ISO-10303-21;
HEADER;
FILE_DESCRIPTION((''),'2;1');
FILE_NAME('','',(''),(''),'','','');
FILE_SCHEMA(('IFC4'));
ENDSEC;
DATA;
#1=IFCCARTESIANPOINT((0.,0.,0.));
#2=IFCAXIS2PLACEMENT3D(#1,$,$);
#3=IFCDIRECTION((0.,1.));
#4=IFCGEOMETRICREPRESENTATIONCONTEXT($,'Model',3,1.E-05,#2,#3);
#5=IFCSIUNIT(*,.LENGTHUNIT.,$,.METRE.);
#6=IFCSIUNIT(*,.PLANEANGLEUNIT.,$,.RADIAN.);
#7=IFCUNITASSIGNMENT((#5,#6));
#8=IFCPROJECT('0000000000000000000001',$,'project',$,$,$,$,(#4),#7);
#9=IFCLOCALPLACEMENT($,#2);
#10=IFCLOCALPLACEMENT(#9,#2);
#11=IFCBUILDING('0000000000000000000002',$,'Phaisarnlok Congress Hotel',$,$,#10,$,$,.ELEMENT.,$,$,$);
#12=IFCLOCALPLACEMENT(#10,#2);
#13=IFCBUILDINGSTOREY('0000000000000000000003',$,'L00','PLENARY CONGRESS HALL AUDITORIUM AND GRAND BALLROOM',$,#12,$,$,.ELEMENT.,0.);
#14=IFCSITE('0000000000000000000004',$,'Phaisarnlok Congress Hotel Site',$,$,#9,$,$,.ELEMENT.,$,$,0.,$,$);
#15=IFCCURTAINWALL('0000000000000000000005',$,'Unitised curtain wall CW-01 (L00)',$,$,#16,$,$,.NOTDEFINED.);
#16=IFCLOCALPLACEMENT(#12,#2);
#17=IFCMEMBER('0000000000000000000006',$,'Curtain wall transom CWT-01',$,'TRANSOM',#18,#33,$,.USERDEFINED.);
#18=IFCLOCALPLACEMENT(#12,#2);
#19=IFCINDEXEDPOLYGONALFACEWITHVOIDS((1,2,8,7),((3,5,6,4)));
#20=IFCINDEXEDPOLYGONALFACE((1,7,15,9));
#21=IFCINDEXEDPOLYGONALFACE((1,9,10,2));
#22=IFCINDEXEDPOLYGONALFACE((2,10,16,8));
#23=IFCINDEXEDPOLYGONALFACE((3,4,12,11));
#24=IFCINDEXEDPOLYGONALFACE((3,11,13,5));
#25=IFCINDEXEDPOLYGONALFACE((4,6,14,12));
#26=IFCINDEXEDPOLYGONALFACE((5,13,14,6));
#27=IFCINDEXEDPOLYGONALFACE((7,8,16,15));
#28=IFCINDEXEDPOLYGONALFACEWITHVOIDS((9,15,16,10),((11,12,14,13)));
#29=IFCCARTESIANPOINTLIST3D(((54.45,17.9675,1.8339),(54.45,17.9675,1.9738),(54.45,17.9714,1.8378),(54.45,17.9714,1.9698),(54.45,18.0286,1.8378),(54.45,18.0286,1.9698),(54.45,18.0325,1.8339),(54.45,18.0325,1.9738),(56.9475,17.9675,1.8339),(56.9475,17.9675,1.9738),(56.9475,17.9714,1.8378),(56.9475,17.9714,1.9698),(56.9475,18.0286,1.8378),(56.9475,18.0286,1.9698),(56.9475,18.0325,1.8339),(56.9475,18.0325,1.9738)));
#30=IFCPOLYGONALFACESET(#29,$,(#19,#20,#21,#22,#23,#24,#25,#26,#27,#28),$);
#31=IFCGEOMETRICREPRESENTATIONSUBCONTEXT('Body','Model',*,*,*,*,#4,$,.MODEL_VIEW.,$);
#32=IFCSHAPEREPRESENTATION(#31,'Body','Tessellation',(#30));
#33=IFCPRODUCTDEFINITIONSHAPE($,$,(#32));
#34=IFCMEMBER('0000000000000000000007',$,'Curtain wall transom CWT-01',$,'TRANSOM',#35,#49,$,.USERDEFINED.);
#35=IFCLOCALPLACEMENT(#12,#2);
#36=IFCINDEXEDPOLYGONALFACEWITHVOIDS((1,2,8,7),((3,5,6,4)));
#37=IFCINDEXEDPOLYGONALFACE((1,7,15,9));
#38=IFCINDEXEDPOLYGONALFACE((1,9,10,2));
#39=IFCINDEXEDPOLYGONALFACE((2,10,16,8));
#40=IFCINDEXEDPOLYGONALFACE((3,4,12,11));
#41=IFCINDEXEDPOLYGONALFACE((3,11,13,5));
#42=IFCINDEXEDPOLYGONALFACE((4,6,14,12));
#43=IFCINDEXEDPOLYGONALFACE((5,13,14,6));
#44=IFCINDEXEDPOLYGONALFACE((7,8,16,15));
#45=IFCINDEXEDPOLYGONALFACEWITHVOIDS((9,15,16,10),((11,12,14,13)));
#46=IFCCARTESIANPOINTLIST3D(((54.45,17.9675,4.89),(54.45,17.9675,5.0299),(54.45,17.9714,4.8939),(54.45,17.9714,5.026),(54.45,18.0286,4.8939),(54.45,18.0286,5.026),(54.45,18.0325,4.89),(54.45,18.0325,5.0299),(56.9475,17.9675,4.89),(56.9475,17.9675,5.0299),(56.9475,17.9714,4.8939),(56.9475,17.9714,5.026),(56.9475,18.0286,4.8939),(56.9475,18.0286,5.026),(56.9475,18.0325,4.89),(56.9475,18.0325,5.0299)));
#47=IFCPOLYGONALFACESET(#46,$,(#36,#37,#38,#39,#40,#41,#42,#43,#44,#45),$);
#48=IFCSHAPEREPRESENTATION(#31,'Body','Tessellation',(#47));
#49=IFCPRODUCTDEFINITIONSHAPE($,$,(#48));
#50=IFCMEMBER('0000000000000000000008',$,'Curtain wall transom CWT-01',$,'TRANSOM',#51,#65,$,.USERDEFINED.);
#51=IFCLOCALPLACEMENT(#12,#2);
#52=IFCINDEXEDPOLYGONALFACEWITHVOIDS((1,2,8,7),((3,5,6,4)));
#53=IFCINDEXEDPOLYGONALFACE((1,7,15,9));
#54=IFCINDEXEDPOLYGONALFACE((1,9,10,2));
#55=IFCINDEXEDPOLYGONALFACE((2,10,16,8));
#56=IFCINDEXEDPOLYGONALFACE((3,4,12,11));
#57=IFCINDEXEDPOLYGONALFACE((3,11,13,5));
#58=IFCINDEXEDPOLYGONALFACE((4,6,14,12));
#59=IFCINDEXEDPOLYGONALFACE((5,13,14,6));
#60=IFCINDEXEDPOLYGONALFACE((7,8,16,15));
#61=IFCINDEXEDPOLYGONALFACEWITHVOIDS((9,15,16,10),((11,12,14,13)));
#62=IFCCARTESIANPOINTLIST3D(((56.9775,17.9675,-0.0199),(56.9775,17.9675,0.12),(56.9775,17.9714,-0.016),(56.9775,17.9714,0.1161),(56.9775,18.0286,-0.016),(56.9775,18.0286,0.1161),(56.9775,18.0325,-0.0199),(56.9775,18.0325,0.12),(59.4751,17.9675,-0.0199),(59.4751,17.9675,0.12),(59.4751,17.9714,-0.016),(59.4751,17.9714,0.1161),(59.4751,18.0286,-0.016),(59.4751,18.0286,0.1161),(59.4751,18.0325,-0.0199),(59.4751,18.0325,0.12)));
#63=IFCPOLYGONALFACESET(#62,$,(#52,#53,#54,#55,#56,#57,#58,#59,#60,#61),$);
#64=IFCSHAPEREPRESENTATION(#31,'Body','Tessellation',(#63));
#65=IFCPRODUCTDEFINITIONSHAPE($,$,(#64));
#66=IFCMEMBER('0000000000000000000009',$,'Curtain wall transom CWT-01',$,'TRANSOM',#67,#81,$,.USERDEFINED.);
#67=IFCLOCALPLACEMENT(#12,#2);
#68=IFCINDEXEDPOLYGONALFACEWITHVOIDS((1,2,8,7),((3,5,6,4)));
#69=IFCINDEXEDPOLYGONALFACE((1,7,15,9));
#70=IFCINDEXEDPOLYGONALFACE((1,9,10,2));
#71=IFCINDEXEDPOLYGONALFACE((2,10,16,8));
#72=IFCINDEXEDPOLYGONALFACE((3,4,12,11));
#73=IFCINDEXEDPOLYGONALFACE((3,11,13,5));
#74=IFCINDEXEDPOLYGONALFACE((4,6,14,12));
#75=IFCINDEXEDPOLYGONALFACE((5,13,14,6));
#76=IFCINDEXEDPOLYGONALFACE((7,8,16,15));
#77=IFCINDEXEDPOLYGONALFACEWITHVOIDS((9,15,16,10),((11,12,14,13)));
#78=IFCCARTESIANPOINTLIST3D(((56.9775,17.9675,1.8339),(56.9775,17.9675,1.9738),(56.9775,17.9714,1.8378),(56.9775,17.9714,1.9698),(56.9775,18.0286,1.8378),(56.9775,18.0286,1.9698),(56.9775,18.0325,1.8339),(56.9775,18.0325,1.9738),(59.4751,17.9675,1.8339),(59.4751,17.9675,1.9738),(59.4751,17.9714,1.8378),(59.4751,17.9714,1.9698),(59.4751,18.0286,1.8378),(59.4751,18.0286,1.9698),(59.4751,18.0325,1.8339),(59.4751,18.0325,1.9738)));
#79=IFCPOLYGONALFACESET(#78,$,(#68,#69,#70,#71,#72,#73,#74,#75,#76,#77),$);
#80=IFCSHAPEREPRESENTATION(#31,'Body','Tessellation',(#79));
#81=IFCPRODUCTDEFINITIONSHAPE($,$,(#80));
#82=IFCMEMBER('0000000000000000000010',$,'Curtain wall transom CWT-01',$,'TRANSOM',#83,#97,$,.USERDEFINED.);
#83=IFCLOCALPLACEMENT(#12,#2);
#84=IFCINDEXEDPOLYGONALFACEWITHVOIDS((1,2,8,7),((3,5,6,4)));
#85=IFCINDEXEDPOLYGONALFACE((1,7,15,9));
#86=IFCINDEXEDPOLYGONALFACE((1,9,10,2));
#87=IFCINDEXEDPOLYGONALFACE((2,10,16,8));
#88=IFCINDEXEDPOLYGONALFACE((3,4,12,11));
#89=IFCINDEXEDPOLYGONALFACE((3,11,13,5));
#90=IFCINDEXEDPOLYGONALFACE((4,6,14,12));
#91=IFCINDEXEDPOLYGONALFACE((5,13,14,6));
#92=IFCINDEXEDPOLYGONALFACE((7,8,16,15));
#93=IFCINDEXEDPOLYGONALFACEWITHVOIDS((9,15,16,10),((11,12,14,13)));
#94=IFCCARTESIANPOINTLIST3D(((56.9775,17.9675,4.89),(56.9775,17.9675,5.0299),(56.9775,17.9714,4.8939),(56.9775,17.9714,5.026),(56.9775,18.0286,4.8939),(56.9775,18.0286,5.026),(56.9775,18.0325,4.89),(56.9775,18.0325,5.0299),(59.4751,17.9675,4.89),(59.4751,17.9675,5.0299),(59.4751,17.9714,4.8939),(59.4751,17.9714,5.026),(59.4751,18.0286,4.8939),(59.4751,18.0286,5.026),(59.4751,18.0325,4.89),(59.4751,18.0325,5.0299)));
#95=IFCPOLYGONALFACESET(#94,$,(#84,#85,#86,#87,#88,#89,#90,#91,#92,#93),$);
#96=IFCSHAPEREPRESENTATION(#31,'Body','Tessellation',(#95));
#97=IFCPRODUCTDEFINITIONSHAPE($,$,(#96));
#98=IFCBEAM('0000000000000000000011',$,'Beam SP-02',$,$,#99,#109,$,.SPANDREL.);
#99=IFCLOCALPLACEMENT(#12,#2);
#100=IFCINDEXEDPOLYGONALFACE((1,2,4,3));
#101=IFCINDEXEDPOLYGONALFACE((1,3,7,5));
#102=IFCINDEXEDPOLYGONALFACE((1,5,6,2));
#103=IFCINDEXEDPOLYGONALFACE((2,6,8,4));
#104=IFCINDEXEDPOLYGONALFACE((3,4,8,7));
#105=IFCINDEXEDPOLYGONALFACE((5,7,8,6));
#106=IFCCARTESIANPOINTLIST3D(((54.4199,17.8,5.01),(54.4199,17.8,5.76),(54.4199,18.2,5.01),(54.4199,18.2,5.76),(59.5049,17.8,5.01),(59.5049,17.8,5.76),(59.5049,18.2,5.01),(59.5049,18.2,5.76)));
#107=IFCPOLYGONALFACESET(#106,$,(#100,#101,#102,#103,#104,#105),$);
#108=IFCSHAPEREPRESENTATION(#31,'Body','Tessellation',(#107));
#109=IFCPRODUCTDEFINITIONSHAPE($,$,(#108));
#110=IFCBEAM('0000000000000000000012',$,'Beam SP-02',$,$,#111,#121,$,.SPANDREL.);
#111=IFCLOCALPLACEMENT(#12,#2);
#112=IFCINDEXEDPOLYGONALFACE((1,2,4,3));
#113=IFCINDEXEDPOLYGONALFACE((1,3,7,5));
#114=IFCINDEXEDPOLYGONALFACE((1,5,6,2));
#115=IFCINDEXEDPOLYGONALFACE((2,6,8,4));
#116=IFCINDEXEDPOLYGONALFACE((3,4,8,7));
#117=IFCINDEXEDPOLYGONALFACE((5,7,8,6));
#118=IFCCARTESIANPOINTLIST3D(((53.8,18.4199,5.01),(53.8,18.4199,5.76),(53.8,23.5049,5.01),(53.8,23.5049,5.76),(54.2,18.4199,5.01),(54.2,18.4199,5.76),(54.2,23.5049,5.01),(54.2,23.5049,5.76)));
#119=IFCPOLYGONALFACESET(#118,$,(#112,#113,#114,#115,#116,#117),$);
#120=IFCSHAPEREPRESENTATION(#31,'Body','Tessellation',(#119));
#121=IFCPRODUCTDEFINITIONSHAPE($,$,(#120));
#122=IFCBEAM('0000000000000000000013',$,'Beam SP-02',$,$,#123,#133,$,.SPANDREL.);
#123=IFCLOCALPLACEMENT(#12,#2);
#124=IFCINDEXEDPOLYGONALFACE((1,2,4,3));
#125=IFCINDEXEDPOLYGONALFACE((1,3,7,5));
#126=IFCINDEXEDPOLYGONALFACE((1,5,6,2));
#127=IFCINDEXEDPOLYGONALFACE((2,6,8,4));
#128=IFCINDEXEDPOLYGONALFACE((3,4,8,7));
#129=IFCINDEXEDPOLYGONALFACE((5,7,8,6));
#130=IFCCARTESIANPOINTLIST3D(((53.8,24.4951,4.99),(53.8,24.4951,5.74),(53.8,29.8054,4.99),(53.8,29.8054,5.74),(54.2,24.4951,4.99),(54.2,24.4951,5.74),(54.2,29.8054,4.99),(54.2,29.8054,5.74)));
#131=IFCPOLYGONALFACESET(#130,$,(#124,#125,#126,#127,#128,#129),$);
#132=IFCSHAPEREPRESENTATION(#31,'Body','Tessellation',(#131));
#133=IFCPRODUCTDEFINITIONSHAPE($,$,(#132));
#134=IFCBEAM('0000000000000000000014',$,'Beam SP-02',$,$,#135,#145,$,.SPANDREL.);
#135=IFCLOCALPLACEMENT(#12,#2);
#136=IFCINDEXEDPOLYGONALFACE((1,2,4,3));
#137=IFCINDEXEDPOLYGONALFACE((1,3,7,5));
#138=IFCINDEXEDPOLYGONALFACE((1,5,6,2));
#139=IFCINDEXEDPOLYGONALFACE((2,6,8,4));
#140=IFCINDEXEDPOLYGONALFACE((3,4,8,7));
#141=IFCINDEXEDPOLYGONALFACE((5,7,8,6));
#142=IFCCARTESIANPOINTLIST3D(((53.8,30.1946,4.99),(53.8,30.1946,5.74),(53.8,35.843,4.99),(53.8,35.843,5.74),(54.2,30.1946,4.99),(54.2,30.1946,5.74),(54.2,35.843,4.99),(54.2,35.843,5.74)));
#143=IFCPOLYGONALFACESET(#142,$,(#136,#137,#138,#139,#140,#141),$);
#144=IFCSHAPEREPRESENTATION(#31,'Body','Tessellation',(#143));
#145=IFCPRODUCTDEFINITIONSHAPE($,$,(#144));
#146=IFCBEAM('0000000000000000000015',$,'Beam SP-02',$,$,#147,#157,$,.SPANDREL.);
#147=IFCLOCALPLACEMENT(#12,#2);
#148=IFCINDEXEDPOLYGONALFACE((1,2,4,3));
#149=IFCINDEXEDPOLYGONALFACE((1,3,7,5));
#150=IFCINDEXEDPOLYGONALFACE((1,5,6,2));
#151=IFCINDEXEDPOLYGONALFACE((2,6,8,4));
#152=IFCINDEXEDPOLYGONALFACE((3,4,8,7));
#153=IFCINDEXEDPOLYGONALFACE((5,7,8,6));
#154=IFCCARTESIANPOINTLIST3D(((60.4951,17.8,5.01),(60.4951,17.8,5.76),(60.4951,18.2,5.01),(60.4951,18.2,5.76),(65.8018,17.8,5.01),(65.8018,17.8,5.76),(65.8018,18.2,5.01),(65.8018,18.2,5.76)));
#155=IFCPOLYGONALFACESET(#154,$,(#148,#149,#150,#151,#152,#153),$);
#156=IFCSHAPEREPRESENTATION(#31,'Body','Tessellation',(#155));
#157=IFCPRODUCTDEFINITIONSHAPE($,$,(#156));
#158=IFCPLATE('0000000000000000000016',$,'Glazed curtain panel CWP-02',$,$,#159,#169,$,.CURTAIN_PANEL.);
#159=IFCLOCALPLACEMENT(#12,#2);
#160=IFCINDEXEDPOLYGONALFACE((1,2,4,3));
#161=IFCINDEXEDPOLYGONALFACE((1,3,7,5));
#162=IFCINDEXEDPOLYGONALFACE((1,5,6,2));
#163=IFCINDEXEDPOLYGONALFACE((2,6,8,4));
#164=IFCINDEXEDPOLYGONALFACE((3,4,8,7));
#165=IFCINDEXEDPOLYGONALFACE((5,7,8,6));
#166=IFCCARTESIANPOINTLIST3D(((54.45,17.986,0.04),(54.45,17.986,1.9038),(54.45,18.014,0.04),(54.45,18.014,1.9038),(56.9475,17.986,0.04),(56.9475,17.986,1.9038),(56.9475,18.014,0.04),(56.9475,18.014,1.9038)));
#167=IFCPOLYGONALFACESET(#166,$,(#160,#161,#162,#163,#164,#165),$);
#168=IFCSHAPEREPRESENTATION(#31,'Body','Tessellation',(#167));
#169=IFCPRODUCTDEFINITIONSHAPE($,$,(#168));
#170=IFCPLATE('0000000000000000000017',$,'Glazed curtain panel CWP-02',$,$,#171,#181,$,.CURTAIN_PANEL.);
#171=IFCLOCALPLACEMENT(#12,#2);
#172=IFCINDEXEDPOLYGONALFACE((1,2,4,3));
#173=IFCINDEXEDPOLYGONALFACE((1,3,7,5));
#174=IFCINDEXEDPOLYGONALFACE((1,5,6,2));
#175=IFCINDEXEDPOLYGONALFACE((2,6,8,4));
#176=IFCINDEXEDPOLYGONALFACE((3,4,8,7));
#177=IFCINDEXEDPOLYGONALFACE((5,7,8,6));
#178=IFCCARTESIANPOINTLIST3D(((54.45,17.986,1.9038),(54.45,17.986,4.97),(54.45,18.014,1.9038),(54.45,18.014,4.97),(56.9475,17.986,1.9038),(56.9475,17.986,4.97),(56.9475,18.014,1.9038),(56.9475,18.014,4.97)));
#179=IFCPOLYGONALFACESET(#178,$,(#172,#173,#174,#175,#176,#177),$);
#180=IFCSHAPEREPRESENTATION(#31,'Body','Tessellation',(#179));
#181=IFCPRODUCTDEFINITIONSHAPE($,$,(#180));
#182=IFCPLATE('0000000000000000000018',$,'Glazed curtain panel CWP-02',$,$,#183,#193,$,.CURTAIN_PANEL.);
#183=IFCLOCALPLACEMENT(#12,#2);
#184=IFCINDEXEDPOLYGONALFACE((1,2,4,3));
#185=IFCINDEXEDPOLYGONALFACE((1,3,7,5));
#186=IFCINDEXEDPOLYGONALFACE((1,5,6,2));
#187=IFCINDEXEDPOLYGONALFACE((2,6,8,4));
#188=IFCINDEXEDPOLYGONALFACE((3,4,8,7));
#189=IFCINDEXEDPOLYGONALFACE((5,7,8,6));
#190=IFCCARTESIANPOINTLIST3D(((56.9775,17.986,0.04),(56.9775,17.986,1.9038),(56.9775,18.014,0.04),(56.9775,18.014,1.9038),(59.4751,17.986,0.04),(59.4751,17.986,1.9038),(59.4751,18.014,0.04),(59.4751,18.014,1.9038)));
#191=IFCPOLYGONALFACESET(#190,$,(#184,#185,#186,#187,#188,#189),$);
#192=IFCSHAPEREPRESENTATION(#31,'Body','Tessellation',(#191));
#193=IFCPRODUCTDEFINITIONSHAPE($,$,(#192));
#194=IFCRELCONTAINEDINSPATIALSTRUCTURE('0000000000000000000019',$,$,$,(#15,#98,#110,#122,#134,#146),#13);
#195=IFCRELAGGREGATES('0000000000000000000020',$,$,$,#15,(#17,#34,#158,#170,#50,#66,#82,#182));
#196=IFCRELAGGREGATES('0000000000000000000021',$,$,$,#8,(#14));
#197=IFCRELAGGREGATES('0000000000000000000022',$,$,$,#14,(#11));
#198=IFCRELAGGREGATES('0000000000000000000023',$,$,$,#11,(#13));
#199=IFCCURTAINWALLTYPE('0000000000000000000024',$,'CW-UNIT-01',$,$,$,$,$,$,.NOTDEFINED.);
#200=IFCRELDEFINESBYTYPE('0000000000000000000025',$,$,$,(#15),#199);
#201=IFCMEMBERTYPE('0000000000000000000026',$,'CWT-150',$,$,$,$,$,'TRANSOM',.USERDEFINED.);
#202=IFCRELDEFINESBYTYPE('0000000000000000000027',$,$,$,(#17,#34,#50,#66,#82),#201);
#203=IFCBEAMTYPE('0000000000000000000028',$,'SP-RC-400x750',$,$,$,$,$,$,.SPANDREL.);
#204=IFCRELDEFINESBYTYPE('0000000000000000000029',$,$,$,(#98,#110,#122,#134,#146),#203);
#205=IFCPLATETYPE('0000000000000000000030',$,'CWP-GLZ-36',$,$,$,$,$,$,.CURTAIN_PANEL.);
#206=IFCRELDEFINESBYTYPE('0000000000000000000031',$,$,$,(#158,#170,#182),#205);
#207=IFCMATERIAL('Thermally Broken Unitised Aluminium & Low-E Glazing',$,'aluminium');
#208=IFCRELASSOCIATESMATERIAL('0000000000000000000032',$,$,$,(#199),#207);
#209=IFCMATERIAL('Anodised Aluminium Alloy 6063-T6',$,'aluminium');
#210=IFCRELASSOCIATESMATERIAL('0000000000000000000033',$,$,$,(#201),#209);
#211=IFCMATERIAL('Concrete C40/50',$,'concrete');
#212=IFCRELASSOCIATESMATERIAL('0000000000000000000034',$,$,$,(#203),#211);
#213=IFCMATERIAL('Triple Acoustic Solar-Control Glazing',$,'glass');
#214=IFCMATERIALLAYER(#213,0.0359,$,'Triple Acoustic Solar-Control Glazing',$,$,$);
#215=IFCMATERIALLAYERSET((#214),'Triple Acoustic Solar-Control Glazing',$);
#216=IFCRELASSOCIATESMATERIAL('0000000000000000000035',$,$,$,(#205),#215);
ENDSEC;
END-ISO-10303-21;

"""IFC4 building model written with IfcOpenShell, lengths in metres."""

from ifc_helpers import new_model, si_unit, direction, frame, frame_2d, origin, origin_2d, place, context, subcontext, project, spatial, rectangle, hollow_rectangle, extrude, material, layer, layer_set, material_profile, profile_set, type_object, element, aggregate, save


model = new_model("IFC4")

# Units and contexts
model_context = context("Model", 3, precision=1e-05, world=origin(), true_north=direction((0.0, 1.0)))
body_context = subcontext(model_context, "Body", "Model", "MODEL_VIEW")
ifc_project = project(units=[si_unit("LENGTHUNIT", "METRE"), si_unit("PLANEANGLEUNIT", "RADIAN")], contexts=[model_context])

# Site, building, storey
site_placement = place(None, origin())
site = spatial("IfcSite", under=ifc_project, at=site_placement, Name="Phaisarnlok Congress Hotel Site", CompositionType="ELEMENT", RefElevation=0.0)
building_placement = place(site_placement, origin())
building = spatial("IfcBuilding", under=site, at=building_placement, Name="Phaisarnlok Congress Hotel", CompositionType="ELEMENT")
storey_placement = place(building_placement, origin())
storey = spatial("IfcBuildingStorey", under=building, at=storey_placement, Name="L00", Description="PLENARY CONGRESS HALL AUDITORIUM AND GRAND BALLROOM", CompositionType="ELEMENT", Elevation=0.0)

# Curtain wall, members
ifc_material_1 = material(Name="Thermally Broken Unitised Aluminium & Low-E Glazing", Category="aluminium")
curtain_wall_type = type_object("IfcCurtainWallType", Name="CW-UNIT-01", PredefinedType="NOTDEFINED", material=ifc_material_1)
curtain_wall_placement = place(storey_placement, origin())
curtain_wall = element("IfcCurtainWall", 1, at=curtain_wall_placement, inside=storey, type_object=curtain_wall_type, Name="Unitised curtain wall CW-01 (L00)", PredefinedType="NOTDEFINED")
ifc_material_2 = material(Name="Anodised Aluminium Alloy 6063-T6", Category="aluminium")
ifc_material_profile_1 = material_profile(ifc_material_2, hollow_rectangle(XDim=0.0649, YDim=0.1399, WallThickness=0.0039, at=origin_2d()), Name="ALU-T 65x140x4")
ifc_profile_set_1 = profile_set([ifc_material_profile_1], Name="Anodised Aluminium Alloy 6063-T6")
member_type_1 = type_object("IfcMemberType", Name="CWT-150", ElementType="TRANSOM", PredefinedType="USERDEFINED", material=ifc_profile_set_1)
member_1_placement = place(storey_placement, frame((54.45, 18.0, 1.9038), z_axis=(1.0, 0.0, 0.0), x_axis=(0.0, 1.0, 0.0)))
member_1 = element("IfcMember", 2, at=member_1_placement, type_object=member_type_1, Name="Curtain wall transom CWT-01", ObjectType="TRANSOM", PredefinedType="USERDEFINED", context=body_context, shape_type="SweptSolid", body=[
    extrude(hollow_rectangle(XDim=0.0649, YDim=0.1399, WallThickness=0.0039, at=origin_2d()), origin(), (0.0, 0.0, 1.0), 2.4976),
])
member_2_placement = place(storey_placement, frame((54.45, 18.0, 4.96), z_axis=(1.0, 0.0, 0.0), x_axis=(0.0, 1.0, 0.0)))
member_2 = element("IfcMember", 3, at=member_2_placement, type_object=member_type_1, Name="Curtain wall transom CWT-01", ObjectType="TRANSOM", PredefinedType="USERDEFINED", context=body_context, shape_type="SweptSolid", body=[
    extrude(hollow_rectangle(XDim=0.0649, YDim=0.1399, WallThickness=0.0039, at=origin_2d()), origin(), (0.0, 0.0, 1.0), 2.4976),
])
member_3_placement = place(storey_placement, frame((56.9775, 18.0, 0.05), z_axis=(1.0, 0.0, 0.0), x_axis=(0.0, 1.0, 0.0)))
member_3 = element("IfcMember", 4, at=member_3_placement, type_object=member_type_1, Name="Curtain wall transom CWT-01", ObjectType="TRANSOM", PredefinedType="USERDEFINED", context=body_context, shape_type="SweptSolid", body=[
    extrude(hollow_rectangle(XDim=0.0649, YDim=0.1399, WallThickness=0.0039, at=origin_2d()), origin(), (0.0, 0.0, 1.0), 2.4976),
])
member_4_placement = place(storey_placement, frame((56.9775, 18.0, 1.9038), z_axis=(1.0, 0.0, 0.0), x_axis=(0.0, 1.0, 0.0)))
member_4 = element("IfcMember", 5, at=member_4_placement, type_object=member_type_1, Name="Curtain wall transom CWT-01", ObjectType="TRANSOM", PredefinedType="USERDEFINED", context=body_context, shape_type="SweptSolid", body=[
    extrude(hollow_rectangle(XDim=0.0649, YDim=0.1399, WallThickness=0.0039, at=origin_2d()), origin(), (0.0, 0.0, 1.0), 2.4976),
])
member_5_placement = place(storey_placement, frame((56.9775, 18.0, 4.96), z_axis=(1.0, 0.0, 0.0), x_axis=(0.0, 1.0, 0.0)))
member_5 = element("IfcMember", 6, at=member_5_placement, type_object=member_type_1, Name="Curtain wall transom CWT-01", ObjectType="TRANSOM", PredefinedType="USERDEFINED", context=body_context, shape_type="SweptSolid", body=[
    extrude(hollow_rectangle(XDim=0.0649, YDim=0.1399, WallThickness=0.0039, at=origin_2d()), origin(), (0.0, 0.0, 1.0), 2.4976),
])

# Beams
ifc_material_3 = material(Name="Concrete C40/50", Category="concrete")
ifc_material_profile_2 = material_profile(ifc_material_3, rectangle(XDim=0.3999, YDim=0.75, at=origin_2d()), Name="RC 400x750")
ifc_profile_set_2 = profile_set([ifc_material_profile_2], Name="Concrete C40/50")
beam_type = type_object("IfcBeamType", Name="SP-RC-400x750", PredefinedType="SPANDREL", material=ifc_profile_set_2)
for number, where, z_axis, x_axis, name in (
    (7, (54.4199, 18.0, 5.385), (1.0, 0.0, 0.0), (0.0, 1.0, 0.0), "Beam SP-02"),
    (8, (54.0, 18.4199, 5.385), (0.0, 1.0, 0.0), (-1.0, 0.0, 0.0), "Beam SP-02"),
):
    element("IfcBeam", number, at=place(storey_placement, frame(where, z_axis=z_axis, x_axis=x_axis)), inside=storey, type_object=beam_type, Name=name, PredefinedType="SPANDREL", context=body_context, shape_type="SweptSolid", body=[
        extrude(rectangle(XDim=0.3999, YDim=0.75, at=origin_2d()), origin(), (0.0, 0.0, 1.0), 5.085),
    ])
beam_1_placement = place(storey_placement, frame((54.0, 24.4951, 5.365), z_axis=(0.0, 1.0, 0.0), x_axis=(-1.0, 0.0, 0.0)))
element("IfcBeam", 9, at=beam_1_placement, inside=storey, type_object=beam_type, Name="Beam SP-02", PredefinedType="SPANDREL", context=body_context, shape_type="SweptSolid", body=[
    extrude(rectangle(XDim=0.3999, YDim=0.75, at=origin_2d()), origin(), (0.0, 0.0, 1.0), 5.3103),
])
beam_2_placement = place(storey_placement, frame((54.0, 30.1946, 5.365), z_axis=(0.0, 1.0, 0.0), x_axis=(-1.0, 0.0, 0.0)))
element("IfcBeam", 10, at=beam_2_placement, inside=storey, type_object=beam_type, Name="Beam SP-02", PredefinedType="SPANDREL", context=body_context, shape_type="SweptSolid", body=[
    extrude(rectangle(XDim=0.3999, YDim=0.75, at=origin_2d()), origin(), (0.0, 0.0, 1.0), 5.6484),
])
beam_3_placement = place(storey_placement, frame((60.4951, 18.0, 5.385), z_axis=(1.0, 0.0, 0.0), x_axis=(0.0, 1.0, 0.0)))
element("IfcBeam", 11, at=beam_3_placement, inside=storey, type_object=beam_type, Name="Beam SP-02", PredefinedType="SPANDREL", context=body_context, shape_type="SweptSolid", body=[
    extrude(rectangle(XDim=0.3999, YDim=0.75, at=origin_2d()), origin(), (0.0, 0.0, 1.0), 5.3066),
])

# Plates
ifc_material_4 = material(Name="Triple Acoustic Solar-Control Glazing", Category="glass")
ifc_layer_1 = layer(ifc_material_4, 0.0359, Name="Triple Acoustic Solar-Control Glazing")
ifc_layer_set_1 = layer_set([ifc_layer_1], Name="Triple Acoustic Solar-Control Glazing")
plate_type_1 = type_object("IfcPlateType", Name="CWP-GLZ-36", PredefinedType="CURTAIN_PANEL", material=ifc_layer_set_1)
plate_1_placement = place(storey_placement, frame((54.45, 18.0, 0.04), z_axis=(0.0, 0.0, 1.0), x_axis=(1.0, 0.0, 0.0)))
plate_1 = element("IfcPlate", 12, at=plate_1_placement, type_object=plate_type_1, Name="Glazed curtain panel CWP-02", PredefinedType="CURTAIN_PANEL", context=body_context, shape_type="SweptSolid", body=[
    extrude(rectangle(XDim=2.4976, YDim=0.0281, at=frame_2d((1.2488, 0.0))), origin(), (0.0, 0.0, 1.0), 1.8638),
])
plate_2_placement = place(storey_placement, frame((54.45, 18.0, 1.9038), z_axis=(0.0, 0.0, 1.0), x_axis=(1.0, 0.0, 0.0)))
plate_2 = element("IfcPlate", 13, at=plate_2_placement, type_object=plate_type_1, Name="Glazed curtain panel CWP-02", PredefinedType="CURTAIN_PANEL", context=body_context, shape_type="SweptSolid", body=[
    extrude(rectangle(XDim=2.4976, YDim=0.0281, at=frame_2d((1.2488, 0.0))), origin(), (0.0, 0.0, 1.0), 3.0662),
])
plate_3_placement = place(storey_placement, frame((56.9775, 18.0, 0.04), z_axis=(0.0, 0.0, 1.0), x_axis=(1.0, 0.0, 0.0)))
plate_3 = element("IfcPlate", 14, at=plate_3_placement, type_object=plate_type_1, Name="Glazed curtain panel CWP-02", PredefinedType="CURTAIN_PANEL", context=body_context, shape_type="SweptSolid", body=[
    extrude(rectangle(XDim=2.4976, YDim=0.0281, at=frame_2d((1.2488, 0.0))), origin(), (0.0, 0.0, 1.0), 1.8638),
])
aggregate(curtain_wall, [member_1, member_2, plate_1, plate_2, member_3, member_4, member_5, plate_3])

save(model, "model.ifc")
